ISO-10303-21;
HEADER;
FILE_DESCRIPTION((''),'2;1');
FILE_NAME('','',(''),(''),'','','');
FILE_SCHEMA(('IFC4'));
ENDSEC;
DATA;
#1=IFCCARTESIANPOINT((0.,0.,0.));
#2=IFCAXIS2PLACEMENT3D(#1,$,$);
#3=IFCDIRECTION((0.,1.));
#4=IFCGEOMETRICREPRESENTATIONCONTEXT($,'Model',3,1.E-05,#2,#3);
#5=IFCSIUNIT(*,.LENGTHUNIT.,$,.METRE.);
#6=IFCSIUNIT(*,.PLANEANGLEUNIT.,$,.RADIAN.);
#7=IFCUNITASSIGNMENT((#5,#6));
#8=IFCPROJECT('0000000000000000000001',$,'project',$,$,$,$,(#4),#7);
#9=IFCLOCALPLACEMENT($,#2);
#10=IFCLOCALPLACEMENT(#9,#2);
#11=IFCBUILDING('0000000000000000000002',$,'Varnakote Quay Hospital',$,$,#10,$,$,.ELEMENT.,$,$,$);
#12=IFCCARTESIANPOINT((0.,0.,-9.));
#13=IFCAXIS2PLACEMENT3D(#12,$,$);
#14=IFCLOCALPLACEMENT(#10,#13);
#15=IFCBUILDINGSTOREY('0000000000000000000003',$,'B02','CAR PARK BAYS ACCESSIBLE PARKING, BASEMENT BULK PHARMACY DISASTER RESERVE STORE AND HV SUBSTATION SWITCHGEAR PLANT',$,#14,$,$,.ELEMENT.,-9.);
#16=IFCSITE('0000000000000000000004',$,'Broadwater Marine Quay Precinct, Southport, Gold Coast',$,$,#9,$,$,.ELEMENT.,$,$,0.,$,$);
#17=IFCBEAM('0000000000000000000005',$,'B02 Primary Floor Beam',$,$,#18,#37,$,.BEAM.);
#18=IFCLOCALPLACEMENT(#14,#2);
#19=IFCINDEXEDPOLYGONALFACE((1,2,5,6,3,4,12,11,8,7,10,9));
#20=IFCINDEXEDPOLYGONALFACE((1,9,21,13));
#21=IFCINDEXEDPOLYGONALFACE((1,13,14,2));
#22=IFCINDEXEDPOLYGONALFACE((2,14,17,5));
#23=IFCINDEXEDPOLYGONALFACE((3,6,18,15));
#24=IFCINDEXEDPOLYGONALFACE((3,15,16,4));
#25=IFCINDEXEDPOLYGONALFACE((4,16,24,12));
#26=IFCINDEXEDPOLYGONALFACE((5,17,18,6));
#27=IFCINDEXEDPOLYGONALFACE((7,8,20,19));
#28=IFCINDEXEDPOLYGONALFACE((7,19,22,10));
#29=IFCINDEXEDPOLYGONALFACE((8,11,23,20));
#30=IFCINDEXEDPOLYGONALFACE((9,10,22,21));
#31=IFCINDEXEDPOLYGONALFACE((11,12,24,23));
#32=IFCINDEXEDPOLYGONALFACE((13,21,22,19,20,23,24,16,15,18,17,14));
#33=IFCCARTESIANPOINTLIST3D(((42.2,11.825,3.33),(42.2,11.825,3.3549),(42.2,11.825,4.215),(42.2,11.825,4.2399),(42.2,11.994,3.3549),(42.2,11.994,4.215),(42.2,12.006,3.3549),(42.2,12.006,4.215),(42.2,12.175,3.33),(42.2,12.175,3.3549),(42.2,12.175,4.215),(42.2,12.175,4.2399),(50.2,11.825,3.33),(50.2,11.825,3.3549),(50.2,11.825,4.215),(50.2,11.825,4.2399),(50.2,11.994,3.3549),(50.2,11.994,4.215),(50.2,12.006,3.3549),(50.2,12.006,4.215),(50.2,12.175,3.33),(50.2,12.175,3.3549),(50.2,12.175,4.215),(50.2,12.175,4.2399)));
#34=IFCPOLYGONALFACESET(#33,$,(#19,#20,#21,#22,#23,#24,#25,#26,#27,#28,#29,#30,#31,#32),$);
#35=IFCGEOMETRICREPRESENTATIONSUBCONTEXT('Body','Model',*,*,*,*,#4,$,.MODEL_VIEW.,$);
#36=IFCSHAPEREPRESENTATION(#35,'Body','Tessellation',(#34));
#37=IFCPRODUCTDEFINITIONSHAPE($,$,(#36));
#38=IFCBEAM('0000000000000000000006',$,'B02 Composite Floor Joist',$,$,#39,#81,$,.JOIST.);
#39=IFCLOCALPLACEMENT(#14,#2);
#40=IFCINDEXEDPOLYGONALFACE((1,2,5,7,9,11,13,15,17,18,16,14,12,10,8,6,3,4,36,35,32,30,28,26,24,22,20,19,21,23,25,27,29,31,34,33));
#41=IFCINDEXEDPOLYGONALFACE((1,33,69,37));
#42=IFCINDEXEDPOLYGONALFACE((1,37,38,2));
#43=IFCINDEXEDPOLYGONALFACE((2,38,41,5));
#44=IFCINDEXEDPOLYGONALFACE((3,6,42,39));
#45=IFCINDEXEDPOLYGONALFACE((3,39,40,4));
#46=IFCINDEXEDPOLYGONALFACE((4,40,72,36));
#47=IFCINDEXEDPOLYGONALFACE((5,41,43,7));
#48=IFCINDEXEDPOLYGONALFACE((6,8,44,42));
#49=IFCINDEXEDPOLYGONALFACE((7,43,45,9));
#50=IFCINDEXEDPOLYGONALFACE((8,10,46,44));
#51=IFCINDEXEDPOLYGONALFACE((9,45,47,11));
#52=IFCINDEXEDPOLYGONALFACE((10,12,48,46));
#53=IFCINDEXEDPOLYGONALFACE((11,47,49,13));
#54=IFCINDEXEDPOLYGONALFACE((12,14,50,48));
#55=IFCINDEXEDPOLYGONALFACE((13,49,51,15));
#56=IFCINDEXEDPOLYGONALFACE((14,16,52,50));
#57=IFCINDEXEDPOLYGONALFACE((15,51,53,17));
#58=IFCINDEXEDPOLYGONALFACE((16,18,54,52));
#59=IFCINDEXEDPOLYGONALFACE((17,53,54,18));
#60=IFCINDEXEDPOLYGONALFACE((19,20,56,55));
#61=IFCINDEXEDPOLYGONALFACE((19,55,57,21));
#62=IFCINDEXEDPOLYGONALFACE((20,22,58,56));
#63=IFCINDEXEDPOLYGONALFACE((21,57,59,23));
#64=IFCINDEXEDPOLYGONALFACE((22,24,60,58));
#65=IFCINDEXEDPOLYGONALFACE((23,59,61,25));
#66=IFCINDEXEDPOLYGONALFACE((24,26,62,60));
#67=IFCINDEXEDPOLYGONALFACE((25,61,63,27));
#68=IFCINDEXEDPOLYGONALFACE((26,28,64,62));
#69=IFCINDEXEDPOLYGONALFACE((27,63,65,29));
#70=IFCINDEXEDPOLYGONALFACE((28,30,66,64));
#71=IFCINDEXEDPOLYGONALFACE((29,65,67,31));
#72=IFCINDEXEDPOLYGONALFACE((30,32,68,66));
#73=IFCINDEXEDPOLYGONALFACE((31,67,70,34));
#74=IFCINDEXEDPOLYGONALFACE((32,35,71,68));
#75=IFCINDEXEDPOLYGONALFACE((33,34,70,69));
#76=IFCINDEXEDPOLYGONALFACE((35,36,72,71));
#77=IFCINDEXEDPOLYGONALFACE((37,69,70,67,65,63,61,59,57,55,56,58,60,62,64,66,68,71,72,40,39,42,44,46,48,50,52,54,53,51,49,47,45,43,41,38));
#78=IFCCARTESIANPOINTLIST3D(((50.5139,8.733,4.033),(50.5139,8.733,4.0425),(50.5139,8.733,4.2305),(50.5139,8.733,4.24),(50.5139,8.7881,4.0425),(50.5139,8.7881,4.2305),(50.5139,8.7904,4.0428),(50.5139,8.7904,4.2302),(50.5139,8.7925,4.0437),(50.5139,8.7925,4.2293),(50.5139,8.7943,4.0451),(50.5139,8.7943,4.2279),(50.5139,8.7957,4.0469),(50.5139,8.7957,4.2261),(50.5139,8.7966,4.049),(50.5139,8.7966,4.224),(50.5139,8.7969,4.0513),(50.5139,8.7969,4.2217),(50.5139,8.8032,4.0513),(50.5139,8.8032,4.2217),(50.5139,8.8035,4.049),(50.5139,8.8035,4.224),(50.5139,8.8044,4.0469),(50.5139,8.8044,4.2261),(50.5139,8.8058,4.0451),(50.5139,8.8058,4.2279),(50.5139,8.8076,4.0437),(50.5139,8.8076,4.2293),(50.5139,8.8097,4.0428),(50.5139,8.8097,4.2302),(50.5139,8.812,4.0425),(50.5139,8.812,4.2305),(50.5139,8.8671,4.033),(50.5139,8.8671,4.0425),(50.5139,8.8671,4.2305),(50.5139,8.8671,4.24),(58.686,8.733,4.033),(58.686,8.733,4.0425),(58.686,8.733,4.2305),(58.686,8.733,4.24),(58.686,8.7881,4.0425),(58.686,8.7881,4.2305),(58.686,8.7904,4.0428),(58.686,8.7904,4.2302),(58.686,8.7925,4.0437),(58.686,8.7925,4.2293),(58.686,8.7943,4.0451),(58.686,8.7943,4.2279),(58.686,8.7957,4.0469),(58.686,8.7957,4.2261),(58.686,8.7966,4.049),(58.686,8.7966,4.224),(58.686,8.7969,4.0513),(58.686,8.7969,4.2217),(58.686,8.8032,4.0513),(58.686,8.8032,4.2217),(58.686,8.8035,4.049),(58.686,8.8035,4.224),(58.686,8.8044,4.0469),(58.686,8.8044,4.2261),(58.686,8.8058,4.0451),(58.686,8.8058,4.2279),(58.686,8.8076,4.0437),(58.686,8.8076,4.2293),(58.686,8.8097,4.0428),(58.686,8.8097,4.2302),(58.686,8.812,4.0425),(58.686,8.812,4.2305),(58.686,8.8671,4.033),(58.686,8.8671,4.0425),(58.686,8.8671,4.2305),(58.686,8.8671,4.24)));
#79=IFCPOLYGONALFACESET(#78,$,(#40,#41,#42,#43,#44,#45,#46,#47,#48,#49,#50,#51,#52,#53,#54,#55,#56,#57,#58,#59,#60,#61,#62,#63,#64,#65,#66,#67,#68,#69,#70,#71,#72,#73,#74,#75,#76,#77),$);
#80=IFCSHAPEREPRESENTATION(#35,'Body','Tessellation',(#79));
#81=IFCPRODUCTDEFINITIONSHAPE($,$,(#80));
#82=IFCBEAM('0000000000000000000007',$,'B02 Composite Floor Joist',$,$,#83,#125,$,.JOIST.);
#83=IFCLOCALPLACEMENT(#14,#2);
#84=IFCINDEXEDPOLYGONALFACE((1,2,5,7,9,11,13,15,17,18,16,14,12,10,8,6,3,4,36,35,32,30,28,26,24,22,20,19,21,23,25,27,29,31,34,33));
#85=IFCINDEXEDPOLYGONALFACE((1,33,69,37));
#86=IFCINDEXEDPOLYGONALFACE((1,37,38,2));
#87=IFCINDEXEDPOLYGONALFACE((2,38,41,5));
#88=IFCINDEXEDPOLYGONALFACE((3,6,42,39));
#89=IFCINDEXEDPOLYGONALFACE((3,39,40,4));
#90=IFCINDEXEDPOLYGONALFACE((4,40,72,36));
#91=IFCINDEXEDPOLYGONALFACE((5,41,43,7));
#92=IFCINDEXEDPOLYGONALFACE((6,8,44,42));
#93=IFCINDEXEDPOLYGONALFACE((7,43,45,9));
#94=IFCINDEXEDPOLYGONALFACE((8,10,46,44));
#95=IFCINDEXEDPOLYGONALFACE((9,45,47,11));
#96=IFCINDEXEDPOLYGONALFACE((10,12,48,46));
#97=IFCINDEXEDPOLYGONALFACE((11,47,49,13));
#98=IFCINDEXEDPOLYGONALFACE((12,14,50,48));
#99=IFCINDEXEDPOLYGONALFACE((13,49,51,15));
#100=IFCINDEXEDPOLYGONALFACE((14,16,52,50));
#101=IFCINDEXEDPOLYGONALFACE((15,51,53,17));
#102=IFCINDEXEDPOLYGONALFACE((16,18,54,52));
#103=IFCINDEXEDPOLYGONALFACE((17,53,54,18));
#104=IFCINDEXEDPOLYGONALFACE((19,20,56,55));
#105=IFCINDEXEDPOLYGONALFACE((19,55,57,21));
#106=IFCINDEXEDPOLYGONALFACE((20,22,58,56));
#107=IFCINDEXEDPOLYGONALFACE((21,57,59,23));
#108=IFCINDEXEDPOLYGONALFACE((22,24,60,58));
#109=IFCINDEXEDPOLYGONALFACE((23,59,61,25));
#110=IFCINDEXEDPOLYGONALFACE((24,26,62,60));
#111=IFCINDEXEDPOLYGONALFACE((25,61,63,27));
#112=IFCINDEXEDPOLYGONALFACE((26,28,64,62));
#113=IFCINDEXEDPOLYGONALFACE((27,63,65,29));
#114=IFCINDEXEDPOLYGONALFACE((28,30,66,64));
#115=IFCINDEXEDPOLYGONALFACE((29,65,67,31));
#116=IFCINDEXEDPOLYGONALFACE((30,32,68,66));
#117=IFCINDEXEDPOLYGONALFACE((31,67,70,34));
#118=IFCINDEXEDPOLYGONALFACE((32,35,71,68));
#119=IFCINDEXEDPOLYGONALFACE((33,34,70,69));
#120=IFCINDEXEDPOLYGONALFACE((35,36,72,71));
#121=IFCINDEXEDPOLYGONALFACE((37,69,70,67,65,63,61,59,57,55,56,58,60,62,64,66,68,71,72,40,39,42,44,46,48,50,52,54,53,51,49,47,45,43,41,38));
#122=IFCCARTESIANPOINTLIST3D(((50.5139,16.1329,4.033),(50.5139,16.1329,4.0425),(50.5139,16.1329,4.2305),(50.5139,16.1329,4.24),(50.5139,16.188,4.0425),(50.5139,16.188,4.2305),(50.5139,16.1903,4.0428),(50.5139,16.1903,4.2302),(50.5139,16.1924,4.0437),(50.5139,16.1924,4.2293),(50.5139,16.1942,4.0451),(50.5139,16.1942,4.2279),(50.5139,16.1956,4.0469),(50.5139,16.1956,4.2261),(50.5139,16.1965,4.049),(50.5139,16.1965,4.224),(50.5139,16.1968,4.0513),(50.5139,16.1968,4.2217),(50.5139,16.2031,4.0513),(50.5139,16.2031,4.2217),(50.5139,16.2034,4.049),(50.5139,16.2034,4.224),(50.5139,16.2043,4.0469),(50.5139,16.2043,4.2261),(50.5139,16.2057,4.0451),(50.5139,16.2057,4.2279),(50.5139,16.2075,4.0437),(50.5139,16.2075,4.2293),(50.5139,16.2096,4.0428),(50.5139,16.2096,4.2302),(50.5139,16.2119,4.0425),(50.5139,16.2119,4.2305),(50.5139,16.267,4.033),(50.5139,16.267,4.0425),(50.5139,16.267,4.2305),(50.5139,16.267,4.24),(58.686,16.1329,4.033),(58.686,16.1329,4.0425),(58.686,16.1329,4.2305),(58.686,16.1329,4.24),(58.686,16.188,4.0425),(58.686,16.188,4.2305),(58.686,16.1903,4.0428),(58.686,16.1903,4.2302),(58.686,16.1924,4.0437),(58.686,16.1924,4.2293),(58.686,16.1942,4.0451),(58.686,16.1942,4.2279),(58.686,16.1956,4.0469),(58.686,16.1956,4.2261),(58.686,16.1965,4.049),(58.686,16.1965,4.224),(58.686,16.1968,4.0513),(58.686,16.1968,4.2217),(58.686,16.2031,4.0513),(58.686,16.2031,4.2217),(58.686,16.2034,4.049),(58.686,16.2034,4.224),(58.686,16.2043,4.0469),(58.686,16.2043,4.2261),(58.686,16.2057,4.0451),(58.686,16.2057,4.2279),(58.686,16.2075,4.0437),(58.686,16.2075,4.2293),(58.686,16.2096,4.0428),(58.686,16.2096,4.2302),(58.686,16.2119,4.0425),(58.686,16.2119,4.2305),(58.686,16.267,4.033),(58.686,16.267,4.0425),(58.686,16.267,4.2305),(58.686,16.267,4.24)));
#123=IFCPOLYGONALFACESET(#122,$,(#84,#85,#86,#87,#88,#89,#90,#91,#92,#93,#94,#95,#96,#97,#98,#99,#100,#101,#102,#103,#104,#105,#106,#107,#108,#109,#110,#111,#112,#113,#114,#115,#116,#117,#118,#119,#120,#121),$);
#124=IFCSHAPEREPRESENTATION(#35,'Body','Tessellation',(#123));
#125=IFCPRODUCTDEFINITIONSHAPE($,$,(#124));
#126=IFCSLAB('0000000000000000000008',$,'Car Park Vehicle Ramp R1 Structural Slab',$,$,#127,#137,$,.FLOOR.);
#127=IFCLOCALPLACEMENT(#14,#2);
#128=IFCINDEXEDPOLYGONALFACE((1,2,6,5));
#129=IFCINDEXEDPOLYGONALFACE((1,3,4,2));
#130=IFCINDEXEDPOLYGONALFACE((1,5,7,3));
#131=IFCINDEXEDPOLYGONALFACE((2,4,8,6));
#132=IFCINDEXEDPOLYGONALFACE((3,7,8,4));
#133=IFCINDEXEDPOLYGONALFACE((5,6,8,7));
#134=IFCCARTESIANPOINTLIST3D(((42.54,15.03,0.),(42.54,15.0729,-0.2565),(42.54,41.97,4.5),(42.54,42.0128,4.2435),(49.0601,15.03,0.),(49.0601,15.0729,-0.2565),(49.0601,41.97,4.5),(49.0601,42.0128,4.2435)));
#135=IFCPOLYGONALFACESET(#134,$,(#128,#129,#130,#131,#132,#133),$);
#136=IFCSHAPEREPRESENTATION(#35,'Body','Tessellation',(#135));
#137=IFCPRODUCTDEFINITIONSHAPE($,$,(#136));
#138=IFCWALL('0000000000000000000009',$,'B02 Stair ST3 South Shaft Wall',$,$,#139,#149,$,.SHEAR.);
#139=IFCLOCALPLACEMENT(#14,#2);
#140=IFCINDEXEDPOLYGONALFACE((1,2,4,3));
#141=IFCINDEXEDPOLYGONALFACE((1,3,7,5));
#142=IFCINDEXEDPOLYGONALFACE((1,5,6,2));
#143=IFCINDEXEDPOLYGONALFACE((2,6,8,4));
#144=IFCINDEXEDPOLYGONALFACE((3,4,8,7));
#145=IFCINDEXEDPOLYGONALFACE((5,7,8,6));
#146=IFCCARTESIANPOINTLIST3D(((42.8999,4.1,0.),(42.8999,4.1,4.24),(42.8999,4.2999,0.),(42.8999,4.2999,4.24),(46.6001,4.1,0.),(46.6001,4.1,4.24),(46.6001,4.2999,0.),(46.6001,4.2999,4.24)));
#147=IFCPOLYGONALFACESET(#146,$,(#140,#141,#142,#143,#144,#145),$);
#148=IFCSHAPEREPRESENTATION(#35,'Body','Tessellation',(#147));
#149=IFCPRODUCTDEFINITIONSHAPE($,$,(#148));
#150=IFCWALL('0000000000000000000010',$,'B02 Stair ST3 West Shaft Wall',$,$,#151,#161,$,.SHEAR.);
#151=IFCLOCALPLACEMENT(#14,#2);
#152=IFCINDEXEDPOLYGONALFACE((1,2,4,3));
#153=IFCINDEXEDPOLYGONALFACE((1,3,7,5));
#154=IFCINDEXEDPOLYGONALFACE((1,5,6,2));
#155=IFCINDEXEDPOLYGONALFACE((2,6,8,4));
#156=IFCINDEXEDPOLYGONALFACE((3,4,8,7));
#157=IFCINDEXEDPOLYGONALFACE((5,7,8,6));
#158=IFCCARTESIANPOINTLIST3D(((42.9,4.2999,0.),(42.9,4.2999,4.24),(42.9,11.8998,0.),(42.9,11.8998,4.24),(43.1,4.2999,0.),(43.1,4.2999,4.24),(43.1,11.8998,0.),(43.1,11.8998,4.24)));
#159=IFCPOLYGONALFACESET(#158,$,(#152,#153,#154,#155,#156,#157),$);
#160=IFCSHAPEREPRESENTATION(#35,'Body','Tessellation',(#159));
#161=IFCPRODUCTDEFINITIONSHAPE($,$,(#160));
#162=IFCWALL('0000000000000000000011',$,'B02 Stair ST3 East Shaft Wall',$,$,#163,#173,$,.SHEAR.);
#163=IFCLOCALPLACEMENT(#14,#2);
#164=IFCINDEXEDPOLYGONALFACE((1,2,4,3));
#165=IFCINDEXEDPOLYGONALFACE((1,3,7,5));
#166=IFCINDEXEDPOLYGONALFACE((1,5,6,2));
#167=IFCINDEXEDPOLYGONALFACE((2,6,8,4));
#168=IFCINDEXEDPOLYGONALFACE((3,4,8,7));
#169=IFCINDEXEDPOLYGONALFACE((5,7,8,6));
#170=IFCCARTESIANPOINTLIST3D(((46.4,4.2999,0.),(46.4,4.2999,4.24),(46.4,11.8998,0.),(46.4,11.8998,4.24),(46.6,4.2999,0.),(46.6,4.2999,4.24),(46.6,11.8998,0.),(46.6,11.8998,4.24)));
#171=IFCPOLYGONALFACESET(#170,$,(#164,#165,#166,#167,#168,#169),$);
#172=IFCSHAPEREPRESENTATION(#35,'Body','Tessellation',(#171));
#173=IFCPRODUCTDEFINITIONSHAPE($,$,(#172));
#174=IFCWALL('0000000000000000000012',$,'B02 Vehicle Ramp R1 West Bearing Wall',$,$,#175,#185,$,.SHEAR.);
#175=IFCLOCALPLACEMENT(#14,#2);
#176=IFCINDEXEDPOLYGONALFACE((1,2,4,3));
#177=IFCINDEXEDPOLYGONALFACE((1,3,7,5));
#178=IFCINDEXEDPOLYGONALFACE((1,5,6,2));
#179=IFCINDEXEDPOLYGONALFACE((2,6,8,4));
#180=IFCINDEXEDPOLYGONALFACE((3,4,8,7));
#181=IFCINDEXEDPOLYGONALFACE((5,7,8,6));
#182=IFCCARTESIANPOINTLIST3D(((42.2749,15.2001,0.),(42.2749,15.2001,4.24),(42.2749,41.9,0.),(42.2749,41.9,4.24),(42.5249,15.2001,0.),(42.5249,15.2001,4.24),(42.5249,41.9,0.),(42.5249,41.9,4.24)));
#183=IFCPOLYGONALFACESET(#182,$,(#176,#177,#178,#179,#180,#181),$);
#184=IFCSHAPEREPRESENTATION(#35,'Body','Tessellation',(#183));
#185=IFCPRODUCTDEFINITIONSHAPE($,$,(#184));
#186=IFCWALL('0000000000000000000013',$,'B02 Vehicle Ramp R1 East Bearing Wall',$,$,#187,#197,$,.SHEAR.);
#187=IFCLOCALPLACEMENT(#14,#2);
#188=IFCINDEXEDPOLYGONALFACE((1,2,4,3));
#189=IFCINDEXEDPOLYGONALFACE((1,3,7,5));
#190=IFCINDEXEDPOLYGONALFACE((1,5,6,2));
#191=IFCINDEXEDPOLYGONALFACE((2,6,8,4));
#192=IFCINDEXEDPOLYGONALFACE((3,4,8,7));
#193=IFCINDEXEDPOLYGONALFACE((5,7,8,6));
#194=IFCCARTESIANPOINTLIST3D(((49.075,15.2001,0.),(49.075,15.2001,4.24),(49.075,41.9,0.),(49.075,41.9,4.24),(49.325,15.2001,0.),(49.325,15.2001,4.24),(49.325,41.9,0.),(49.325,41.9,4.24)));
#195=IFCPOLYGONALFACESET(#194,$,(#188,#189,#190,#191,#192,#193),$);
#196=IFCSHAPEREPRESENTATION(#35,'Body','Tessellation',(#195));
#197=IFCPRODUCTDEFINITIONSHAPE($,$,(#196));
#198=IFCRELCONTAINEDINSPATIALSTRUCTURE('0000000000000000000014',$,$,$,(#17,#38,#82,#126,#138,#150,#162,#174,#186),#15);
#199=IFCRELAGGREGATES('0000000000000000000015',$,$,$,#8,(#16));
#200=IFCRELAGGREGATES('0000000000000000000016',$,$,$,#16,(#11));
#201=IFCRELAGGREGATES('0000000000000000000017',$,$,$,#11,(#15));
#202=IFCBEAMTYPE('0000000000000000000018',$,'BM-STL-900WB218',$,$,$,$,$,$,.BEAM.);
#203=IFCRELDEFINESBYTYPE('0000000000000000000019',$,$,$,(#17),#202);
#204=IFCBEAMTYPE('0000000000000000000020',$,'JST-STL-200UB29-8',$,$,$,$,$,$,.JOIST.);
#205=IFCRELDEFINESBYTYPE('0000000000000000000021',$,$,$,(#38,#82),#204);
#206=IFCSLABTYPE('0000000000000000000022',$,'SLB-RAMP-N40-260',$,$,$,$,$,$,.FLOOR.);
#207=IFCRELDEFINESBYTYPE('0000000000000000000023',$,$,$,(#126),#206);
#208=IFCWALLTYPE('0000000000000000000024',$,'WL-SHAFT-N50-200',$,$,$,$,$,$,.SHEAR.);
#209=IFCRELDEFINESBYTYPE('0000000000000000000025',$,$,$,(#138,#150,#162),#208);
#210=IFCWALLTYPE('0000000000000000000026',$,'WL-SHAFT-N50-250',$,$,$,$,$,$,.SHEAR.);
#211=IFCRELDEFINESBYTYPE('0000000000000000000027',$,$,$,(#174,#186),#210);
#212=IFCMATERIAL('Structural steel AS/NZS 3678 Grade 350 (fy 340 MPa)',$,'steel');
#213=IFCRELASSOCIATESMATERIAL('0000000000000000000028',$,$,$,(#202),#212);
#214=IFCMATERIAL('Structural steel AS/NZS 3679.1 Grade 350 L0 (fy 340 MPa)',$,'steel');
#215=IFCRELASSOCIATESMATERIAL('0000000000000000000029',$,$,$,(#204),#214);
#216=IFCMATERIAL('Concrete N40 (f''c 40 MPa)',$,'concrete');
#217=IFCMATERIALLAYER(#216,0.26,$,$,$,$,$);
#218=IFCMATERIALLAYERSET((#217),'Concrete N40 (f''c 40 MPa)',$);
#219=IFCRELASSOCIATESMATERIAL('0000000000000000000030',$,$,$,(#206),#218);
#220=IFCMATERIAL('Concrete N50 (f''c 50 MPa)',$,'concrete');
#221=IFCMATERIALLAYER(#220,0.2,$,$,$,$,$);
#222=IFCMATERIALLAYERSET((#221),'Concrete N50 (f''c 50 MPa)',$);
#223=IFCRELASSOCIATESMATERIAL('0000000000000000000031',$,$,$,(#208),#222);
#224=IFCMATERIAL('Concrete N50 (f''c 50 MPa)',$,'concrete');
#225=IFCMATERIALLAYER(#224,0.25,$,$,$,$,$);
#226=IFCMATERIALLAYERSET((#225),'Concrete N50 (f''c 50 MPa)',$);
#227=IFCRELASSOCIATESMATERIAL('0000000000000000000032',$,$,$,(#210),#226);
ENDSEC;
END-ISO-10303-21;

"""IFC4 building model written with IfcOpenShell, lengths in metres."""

from ifc_helpers import new_model, si_unit, direction, frame, frame_2d, origin, origin_2d, place, context, subcontext, project, spatial, polyline, rectangle, i_section, outline, extrude, material, layer, layer_set, material_profile, profile_set, type_object, element, save


model = new_model("IFC4")

# Units and contexts
model_context = context("Model", 3, precision=1e-05, world=origin(), true_north=direction((0.0, 1.0)))
body_context = subcontext(model_context, "Body", "Model", "MODEL_VIEW")
ifc_project = project(units=[si_unit("LENGTHUNIT", "METRE"), si_unit("PLANEANGLEUNIT", "RADIAN")], contexts=[model_context])

# Site, building, storey
site_placement = place(None, origin())
site = spatial("IfcSite", under=ifc_project, at=site_placement, Name="Broadwater Marine Quay Precinct, Southport, Gold Coast", CompositionType="ELEMENT", RefElevation=0.0)
building_placement = place(site_placement, origin())
building = spatial("IfcBuilding", under=site, at=building_placement, Name="Varnakote Quay Hospital", CompositionType="ELEMENT")
storey_placement = place(building_placement, frame((0.0, 0.0, -9.0)))
storey = spatial("IfcBuildingStorey", under=building, at=storey_placement, Name="B02", Description="CAR PARK BAYS ACCESSIBLE PARKING, BASEMENT BULK PHARMACY DISASTER RESERVE STORE AND HV SUBSTATION SWITCHGEAR PLANT", CompositionType="ELEMENT", Elevation=-9.0)

# Beams
ifc_material_1 = material(Name="Structural steel AS/NZS 3678 Grade 350 (fy 340 MPa)", Category="steel")
ifc_material_profile_1 = material_profile(ifc_material_1, i_section(OverallWidth=0.3501, OverallDepth=0.9099, WebThickness=0.012, FlangeThickness=0.0249, at=origin_2d()), Name="900WB218")
ifc_profile_set_1 = profile_set([ifc_material_profile_1], Name="Structural steel AS/NZS 3678 Grade 350 (fy 340 MPa)")
beam_type_1 = type_object("IfcBeamType", Name="BM-STL-900WB218", PredefinedType="BEAM", material=ifc_profile_set_1)
beam_1_placement = place(storey_placement, frame((42.2, 12.0, 3.7849), z_axis=(1.0, 0.0, 0.0), x_axis=(0.0, 1.0, 0.0)))
element("IfcBeam", 1, at=beam_1_placement, inside=storey, type_object=beam_type_1, Name="B02 Primary Floor Beam", PredefinedType="BEAM", context=body_context, shape_type="SweptSolid", body=[
    extrude(i_section(OverallWidth=0.3501, OverallDepth=0.9099, WebThickness=0.012, FlangeThickness=0.0249, at=origin_2d()), origin(), (0.0, 0.0, 1.0), 8.0),
])
ifc_material_2 = material(Name="Structural steel AS/NZS 3679.1 Grade 350 L0 (fy 340 MPa)", Category="steel")
ifc_material_profile_2 = material_profile(ifc_material_2, i_section(OverallWidth=0.134, OverallDepth=0.207, WebThickness=0.0063, FlangeThickness=0.0095, FilletRadius=0.0088, at=origin_2d()), Name="200UB29.8")
ifc_profile_set_2 = profile_set([ifc_material_profile_2], Name="Structural steel AS/NZS 3679.1 Grade 350 L0 (fy 340 MPa)")
beam_type_2 = type_object("IfcBeamType", Name="JST-STL-200UB29-8", PredefinedType="JOIST", material=ifc_profile_set_2)
for number, where, z_axis, x_axis, name in (
    (2, (50.5139, 8.8, 4.1365), (1.0, 0.0, 0.0), (0.0, 1.0, 0.0), "B02 Composite Floor Joist"),
    (3, (50.5139, 16.2, 4.1365), (1.0, 0.0, 0.0), (0.0, 1.0, 0.0), "B02 Composite Floor Joist"),
):
    element("IfcBeam", number, at=place(storey_placement, frame(where, z_axis=z_axis, x_axis=x_axis)), inside=storey, type_object=beam_type_2, Name=name, PredefinedType="JOIST", context=body_context, shape_type="SweptSolid", body=[
        extrude(i_section(OverallWidth=0.134, OverallDepth=0.207, WebThickness=0.0063, FlangeThickness=0.0095, FilletRadius=0.0088, at=origin_2d()), origin(), (0.0, 0.0, 1.0), 8.1721),
    ])

# Slab
ifc_material_3 = material(Name="Concrete N40 (f'c 40 MPa)", Category="concrete")
ifc_layer_1 = layer(ifc_material_3, 0.26)
ifc_layer_set_1 = layer_set([ifc_layer_1], Name="Concrete N40 (f'c 40 MPa)")
slab_type = type_object("IfcSlabType", Name="SLB-RAMP-N40-260", PredefinedType="FLOOR", material=ifc_layer_set_1)
slab_placement = place(storey_placement, frame((42.54, 15.03, 0.0), z_axis=(0.0, -0.164756, 0.986334), x_axis=(1.0, 0.0, 0.0)))
element("IfcSlab", 4, at=slab_placement, inside=storey, type_object=slab_type, Name="Car Park Vehicle Ramp R1 Structural Slab", PredefinedType="FLOOR", context=body_context, shape_type="SweptSolid", body=[
    extrude(outline(polyline([(0.0, 0.0), (6.52, 0.0), (6.52, 27.3132), (0.0, 27.3132), (0.0, 0.0)])), origin(), (0.0, 0.0, -1.0), 0.26),
])

# Walls
ifc_material_4 = material(Name="Concrete N50 (f'c 50 MPa)", Category="concrete")
ifc_layer_2 = layer(ifc_material_4, 0.2)
ifc_layer_set_2 = layer_set([ifc_layer_2], Name="Concrete N50 (f'c 50 MPa)")
wall_type_1 = type_object("IfcWallType", Name="WL-SHAFT-N50-200", PredefinedType="SHEAR", material=ifc_layer_set_2)
wall_1_placement = place(storey_placement, frame((42.8999, 4.2, 0.0), z_axis=(0.0, 0.0, 1.0), x_axis=(1.0, 0.0, 0.0)))
element("IfcWall", 5, at=wall_1_placement, inside=storey, type_object=wall_type_1, Name="B02 Stair ST3 South Shaft Wall", PredefinedType="SHEAR", context=body_context, shape_type="SweptSolid", body=[
    extrude(rectangle(XDim=3.7002, YDim=0.2, at=frame_2d((1.8501, 0.0))), origin(), (0.0, 0.0, 1.0), 4.24),
])
for number, where, z_axis, x_axis, name in (
    (6, (43.0, 4.3, 0.0), (0.0, 0.0, 1.0), (0.0, 1.0, 0.0), "B02 Stair ST3 West Shaft Wall"),
    (7, (46.5, 4.3, 0.0), (0.0, 0.0, 1.0), (0.0, 1.0, 0.0), "B02 Stair ST3 East Shaft Wall"),
):
    element("IfcWall", number, at=place(storey_placement, frame(where, z_axis=z_axis, x_axis=x_axis)), inside=storey, type_object=wall_type_1, Name=name, PredefinedType="SHEAR", context=body_context, shape_type="SweptSolid", body=[
        extrude(rectangle(XDim=7.5999, YDim=0.2, at=frame_2d((3.7998, 0.0))), origin(), (0.0, 0.0, 1.0), 4.24),
    ])

# Walls
ifc_material_5 = material(Name="Concrete N50 (f'c 50 MPa)", Category="concrete")
ifc_layer_3 = layer(ifc_material_5, 0.25)
ifc_layer_set_3 = layer_set([ifc_layer_3], Name="Concrete N50 (f'c 50 MPa)")
wall_type_2 = type_object("IfcWallType", Name="WL-SHAFT-N50-250", PredefinedType="SHEAR", material=ifc_layer_set_3)
for number, where, z_axis, x_axis, name in (
    (8, (42.3999, 15.2, 0.0), (0.0, 0.0, 1.0), (0.0, 1.0, 0.0), "B02 Vehicle Ramp R1 West Bearing Wall"),
    (9, (49.2, 15.2, 0.0), (0.0, 0.0, 1.0), (0.0, 1.0, 0.0), "B02 Vehicle Ramp R1 East Bearing Wall"),
):
    element("IfcWall", number, at=place(storey_placement, frame(where, z_axis=z_axis, x_axis=x_axis)), inside=storey, type_object=wall_type_2, Name=name, PredefinedType="SHEAR", context=body_context, shape_type="SweptSolid", body=[
        extrude(rectangle(XDim=26.7, YDim=0.25, at=frame_2d((13.3501, 0.0))), origin(), (0.0, 0.0, 1.0), 4.24),
    ])

save(model, "model.ifc")
